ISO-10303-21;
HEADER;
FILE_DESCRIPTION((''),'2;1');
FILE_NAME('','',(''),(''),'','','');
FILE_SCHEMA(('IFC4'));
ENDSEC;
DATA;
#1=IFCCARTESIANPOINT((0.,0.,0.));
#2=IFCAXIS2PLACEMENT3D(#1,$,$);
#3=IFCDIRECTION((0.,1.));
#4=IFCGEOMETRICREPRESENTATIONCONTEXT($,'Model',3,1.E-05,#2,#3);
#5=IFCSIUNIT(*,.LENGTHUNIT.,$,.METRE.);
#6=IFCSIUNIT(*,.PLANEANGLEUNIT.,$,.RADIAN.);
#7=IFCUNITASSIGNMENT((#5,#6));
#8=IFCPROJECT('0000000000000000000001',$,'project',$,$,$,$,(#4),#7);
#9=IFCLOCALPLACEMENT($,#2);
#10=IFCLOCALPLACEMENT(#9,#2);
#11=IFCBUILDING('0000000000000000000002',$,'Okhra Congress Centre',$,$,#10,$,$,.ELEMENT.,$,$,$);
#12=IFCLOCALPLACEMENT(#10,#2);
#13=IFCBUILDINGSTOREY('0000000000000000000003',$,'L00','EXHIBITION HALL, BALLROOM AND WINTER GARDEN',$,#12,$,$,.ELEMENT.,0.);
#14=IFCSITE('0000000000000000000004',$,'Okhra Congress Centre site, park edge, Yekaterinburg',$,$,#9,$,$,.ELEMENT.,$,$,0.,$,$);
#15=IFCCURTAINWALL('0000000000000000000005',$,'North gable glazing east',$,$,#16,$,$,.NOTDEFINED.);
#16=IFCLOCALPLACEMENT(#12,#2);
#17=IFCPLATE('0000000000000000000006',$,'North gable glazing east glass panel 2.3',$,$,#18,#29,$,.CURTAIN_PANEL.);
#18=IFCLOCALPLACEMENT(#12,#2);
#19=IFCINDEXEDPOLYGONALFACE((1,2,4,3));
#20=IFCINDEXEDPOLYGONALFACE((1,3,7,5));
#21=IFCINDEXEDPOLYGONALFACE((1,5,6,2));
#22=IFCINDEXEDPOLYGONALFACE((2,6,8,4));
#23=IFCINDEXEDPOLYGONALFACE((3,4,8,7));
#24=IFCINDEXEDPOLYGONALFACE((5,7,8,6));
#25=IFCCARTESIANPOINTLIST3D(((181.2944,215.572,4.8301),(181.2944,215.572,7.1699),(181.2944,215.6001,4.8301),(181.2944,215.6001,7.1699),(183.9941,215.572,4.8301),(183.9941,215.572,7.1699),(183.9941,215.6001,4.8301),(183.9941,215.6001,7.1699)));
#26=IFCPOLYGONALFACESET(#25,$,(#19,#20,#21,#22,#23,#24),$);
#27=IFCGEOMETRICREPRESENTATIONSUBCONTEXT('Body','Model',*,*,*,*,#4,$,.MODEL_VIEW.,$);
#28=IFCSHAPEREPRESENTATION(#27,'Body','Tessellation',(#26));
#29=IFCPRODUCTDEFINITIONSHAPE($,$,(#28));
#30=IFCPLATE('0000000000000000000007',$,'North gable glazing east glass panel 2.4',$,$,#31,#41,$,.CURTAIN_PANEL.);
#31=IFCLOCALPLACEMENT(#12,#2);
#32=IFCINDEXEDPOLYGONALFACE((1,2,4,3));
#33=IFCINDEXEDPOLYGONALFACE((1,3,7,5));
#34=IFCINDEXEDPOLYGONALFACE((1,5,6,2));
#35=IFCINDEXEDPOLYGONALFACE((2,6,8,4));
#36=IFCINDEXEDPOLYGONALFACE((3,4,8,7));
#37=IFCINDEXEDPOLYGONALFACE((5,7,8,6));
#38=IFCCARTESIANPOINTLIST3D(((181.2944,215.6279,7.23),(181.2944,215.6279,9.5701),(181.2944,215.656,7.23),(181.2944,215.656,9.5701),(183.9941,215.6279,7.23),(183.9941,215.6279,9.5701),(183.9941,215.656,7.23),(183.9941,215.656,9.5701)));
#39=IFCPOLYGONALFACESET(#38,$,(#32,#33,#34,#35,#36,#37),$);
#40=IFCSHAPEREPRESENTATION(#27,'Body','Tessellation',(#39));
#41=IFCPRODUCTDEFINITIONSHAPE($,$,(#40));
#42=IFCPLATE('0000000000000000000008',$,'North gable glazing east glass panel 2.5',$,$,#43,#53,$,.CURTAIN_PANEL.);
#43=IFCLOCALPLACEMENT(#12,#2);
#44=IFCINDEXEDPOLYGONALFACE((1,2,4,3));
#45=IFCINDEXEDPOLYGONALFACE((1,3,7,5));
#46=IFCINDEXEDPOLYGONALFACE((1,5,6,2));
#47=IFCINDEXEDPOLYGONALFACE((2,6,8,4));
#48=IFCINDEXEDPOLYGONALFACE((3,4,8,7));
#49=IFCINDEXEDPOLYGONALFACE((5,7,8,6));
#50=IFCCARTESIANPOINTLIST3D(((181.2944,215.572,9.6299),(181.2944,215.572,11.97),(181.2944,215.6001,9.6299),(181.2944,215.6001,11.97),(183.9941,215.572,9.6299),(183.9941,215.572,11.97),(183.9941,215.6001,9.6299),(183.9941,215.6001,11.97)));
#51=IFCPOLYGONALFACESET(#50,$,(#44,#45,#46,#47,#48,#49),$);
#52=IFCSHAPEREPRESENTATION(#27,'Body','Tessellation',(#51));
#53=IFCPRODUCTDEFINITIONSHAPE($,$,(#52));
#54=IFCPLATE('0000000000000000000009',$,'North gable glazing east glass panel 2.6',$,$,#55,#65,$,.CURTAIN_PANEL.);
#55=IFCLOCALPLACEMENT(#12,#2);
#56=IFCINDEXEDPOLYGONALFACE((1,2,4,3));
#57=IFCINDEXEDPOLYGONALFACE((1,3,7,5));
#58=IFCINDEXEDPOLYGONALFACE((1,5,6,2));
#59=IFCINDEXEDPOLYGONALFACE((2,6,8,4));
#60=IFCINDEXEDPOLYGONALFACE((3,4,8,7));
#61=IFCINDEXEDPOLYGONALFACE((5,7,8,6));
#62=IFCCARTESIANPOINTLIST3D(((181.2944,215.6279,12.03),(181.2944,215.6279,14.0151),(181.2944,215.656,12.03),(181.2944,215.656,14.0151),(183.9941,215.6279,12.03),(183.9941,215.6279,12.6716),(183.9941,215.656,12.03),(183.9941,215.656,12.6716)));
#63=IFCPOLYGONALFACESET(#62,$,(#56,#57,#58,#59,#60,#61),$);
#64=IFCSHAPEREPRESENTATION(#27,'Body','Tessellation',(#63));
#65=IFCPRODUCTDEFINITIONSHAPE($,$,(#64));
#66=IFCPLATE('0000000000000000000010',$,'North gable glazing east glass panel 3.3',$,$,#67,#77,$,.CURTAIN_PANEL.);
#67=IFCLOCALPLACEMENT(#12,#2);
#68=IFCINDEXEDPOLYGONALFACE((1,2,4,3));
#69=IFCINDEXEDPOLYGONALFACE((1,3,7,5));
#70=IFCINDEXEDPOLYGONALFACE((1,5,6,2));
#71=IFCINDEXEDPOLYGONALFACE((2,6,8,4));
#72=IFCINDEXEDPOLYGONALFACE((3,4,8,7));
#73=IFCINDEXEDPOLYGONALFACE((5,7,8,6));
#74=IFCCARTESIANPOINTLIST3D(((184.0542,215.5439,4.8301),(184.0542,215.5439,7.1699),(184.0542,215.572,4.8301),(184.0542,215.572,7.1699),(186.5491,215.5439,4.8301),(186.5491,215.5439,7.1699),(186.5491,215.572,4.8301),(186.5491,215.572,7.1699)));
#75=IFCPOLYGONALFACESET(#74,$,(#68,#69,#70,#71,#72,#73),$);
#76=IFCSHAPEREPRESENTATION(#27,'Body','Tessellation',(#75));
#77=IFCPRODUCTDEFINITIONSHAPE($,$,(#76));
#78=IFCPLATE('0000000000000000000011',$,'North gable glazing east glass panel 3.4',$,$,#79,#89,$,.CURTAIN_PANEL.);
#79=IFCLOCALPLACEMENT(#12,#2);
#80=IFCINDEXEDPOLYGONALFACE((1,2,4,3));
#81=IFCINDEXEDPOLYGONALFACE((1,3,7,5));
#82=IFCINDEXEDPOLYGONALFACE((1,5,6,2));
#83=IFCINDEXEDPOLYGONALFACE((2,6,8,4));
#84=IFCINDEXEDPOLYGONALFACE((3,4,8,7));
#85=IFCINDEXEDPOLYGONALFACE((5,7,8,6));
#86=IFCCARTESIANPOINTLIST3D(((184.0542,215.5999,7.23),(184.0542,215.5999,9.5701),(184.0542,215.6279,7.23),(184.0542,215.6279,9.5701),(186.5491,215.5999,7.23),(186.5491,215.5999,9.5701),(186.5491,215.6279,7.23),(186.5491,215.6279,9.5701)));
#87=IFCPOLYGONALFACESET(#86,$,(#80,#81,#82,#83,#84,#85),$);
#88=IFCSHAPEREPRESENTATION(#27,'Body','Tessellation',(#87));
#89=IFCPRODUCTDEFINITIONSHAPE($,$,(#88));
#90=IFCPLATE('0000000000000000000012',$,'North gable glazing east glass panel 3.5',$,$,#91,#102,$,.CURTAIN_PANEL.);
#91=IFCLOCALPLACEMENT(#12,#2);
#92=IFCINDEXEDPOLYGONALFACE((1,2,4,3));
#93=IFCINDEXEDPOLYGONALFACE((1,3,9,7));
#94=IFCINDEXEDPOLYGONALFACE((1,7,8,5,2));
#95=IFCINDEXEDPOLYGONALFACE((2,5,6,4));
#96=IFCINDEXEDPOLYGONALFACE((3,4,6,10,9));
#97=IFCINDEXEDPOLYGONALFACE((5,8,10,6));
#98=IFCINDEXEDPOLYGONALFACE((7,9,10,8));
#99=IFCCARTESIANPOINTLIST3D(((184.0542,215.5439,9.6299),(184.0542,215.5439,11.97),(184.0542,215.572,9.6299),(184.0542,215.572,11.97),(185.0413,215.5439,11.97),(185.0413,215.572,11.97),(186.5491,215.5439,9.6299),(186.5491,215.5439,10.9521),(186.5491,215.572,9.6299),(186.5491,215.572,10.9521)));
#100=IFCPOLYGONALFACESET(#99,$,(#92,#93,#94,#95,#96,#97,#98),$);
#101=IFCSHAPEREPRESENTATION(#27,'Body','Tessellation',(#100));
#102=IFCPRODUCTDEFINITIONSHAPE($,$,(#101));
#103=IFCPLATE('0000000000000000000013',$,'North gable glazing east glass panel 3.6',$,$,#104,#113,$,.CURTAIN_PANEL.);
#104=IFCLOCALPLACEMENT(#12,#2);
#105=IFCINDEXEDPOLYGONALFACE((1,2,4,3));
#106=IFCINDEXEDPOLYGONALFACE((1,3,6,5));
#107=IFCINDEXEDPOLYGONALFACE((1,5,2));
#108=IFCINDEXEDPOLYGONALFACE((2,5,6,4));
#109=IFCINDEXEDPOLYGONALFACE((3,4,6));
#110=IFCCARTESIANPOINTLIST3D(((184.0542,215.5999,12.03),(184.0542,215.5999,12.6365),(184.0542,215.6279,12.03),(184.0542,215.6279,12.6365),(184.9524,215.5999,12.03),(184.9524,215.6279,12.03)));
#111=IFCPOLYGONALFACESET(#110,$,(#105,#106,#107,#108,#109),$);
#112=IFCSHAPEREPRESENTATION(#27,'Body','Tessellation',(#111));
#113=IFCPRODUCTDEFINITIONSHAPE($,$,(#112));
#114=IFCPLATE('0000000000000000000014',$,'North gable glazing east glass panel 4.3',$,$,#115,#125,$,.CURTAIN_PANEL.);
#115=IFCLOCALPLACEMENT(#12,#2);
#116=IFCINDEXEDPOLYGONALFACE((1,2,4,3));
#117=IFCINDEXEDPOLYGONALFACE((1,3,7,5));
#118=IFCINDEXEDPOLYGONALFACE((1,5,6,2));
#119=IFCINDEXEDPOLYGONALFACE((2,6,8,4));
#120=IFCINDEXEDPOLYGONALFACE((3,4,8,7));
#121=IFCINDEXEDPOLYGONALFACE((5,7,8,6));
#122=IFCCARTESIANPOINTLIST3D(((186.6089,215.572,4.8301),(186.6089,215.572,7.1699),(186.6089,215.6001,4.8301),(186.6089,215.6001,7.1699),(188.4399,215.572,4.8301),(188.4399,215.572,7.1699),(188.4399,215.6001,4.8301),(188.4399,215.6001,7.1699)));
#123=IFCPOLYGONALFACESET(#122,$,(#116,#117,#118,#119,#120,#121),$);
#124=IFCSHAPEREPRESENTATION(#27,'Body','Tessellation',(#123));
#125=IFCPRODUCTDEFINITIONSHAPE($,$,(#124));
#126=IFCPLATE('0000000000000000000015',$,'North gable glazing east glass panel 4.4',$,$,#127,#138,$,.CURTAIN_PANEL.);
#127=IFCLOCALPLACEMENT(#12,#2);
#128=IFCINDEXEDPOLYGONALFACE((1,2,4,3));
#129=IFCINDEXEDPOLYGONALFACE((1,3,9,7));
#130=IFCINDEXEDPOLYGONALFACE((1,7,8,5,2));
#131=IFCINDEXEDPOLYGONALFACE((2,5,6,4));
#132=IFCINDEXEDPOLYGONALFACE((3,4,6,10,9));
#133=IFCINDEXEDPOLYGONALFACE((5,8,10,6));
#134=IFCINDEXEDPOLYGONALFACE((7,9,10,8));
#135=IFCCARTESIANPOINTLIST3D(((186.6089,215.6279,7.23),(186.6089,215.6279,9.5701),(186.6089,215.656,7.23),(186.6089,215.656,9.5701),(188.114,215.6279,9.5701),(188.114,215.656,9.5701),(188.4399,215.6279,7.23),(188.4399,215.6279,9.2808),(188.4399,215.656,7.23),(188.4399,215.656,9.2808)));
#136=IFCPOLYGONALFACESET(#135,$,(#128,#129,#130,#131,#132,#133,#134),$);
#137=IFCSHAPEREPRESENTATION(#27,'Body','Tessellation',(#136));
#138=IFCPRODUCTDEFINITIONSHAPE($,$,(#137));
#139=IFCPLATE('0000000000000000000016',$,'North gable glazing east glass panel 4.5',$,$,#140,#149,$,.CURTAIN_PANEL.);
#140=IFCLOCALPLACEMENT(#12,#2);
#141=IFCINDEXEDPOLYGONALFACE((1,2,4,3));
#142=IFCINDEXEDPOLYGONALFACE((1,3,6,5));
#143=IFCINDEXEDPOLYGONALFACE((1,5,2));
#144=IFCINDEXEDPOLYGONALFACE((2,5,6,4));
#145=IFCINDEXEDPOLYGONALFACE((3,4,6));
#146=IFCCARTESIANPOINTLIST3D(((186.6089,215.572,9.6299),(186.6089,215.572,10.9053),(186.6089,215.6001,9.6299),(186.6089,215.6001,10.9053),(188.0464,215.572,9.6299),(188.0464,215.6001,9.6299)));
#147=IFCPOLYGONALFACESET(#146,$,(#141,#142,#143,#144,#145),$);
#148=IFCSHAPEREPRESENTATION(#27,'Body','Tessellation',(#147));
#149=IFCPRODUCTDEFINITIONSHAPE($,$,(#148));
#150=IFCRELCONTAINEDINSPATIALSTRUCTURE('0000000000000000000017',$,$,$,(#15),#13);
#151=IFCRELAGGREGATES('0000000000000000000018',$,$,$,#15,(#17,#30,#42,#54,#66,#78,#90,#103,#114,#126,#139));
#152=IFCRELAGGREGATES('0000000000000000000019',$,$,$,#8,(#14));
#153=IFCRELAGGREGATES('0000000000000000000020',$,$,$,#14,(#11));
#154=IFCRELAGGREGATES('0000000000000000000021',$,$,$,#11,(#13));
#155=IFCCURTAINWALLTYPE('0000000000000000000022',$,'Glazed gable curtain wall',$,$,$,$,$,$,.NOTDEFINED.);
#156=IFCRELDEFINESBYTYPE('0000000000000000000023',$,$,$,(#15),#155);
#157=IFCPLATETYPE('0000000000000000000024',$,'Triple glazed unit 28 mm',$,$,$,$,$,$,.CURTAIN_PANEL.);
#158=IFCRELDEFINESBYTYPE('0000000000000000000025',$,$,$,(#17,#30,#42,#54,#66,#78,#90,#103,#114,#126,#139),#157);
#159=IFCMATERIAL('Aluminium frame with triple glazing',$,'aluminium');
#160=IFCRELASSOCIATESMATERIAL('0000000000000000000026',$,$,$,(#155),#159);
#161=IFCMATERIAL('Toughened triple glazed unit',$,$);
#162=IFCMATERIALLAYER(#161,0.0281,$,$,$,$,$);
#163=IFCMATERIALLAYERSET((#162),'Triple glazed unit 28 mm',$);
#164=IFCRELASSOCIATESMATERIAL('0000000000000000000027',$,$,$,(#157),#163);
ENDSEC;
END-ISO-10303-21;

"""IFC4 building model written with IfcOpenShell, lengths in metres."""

from ifc_helpers import new_model, si_unit, direction, frame, origin, place, context, subcontext, project, spatial, polyline, outline, extrude, material, layer, layer_set, type_object, element, aggregate, save


model = new_model("IFC4")

# Units and contexts
model_context = context("Model", 3, precision=1e-05, world=origin(), true_north=direction((0.0, 1.0)))
body_context = subcontext(model_context, "Body", "Model", "MODEL_VIEW")
ifc_project = project(units=[si_unit("LENGTHUNIT", "METRE"), si_unit("PLANEANGLEUNIT", "RADIAN")], contexts=[model_context])

# Site, building, storey
site_placement = place(None, origin())
site = spatial("IfcSite", under=ifc_project, at=site_placement, Name="Okhra Congress Centre site, park edge, Yekaterinburg", CompositionType="ELEMENT", RefElevation=0.0)
building_placement = place(site_placement, origin())
building = spatial("IfcBuilding", under=site, at=building_placement, Name="Okhra Congress Centre", CompositionType="ELEMENT")
storey_placement = place(building_placement, origin())
storey = spatial("IfcBuildingStorey", under=building, at=storey_placement, Name="L00", Description="EXHIBITION HALL, BALLROOM AND WINTER GARDEN", CompositionType="ELEMENT", Elevation=0.0)

# Curtain wall
ifc_material_1 = material(Name="Aluminium frame with triple glazing", Category="aluminium")
curtain_wall_type_1 = type_object("IfcCurtainWallType", Name="Glazed gable curtain wall", PredefinedType="NOTDEFINED", material=ifc_material_1)
curtain_wall_1_placement = place(storey_placement, origin())
curtain_wall_1 = element("IfcCurtainWall", 1, at=curtain_wall_1_placement, inside=storey, type_object=curtain_wall_type_1, Name="North gable glazing east", PredefinedType="NOTDEFINED")

# Plates
ifc_material_2 = material(Name="Toughened triple glazed unit")
ifc_layer_1 = layer(ifc_material_2, 0.0281)
ifc_layer_set_1 = layer_set([ifc_layer_1], Name="Triple glazed unit 28 mm")
plate_type_1 = type_object("IfcPlateType", Name="Triple glazed unit 28 mm", PredefinedType="CURTAIN_PANEL", material=ifc_layer_set_1)
plate_1_placement = place(storey_placement, frame((183.9941, 215.6001, 4.8301), z_axis=(0.0, 1.0, 0.0), x_axis=(-1.0, 0.0, 0.0)))
plate_1 = element("IfcPlate", 2, at=plate_1_placement, type_object=plate_type_1, Name="North gable glazing east glass panel 2.3", PredefinedType="CURTAIN_PANEL", context=body_context, shape_type="SweptSolid", body=[
    extrude(outline(polyline([(0.0, 0.0), (2.6997, 0.0), (2.6997, 2.3398), (0.0, 2.3398), (0.0, 0.0)])), origin(), (0.0, 0.0, -1.0), 0.0281),
])
plate_2_placement = place(storey_placement, frame((183.9941, 215.656, 7.23), z_axis=(0.0, 1.0, 0.0), x_axis=(-1.0, 0.0, 0.0)))
plate_2 = element("IfcPlate", 3, at=plate_2_placement, type_object=plate_type_1, Name="North gable glazing east glass panel 2.4", PredefinedType="CURTAIN_PANEL", context=body_context, shape_type="SweptSolid", body=[
    extrude(outline(polyline([(0.0, 0.0), (2.6997, 0.0), (2.6997, 2.3401), (0.0, 2.3401), (0.0, 0.0)])), origin(), (0.0, 0.0, -1.0), 0.0281),
])
plate_3_placement = place(storey_placement, frame((183.9941, 215.6001, 9.6299), z_axis=(0.0, 1.0, 0.0), x_axis=(-1.0, 0.0, 0.0)))
plate_3 = element("IfcPlate", 4, at=plate_3_placement, type_object=plate_type_1, Name="North gable glazing east glass panel 2.5", PredefinedType="CURTAIN_PANEL", context=body_context, shape_type="SweptSolid", body=[
    extrude(outline(polyline([(0.0, 0.0), (2.6997, 0.0), (2.6997, 2.3401), (0.0, 2.3401), (0.0, 0.0)])), origin(), (0.0, 0.0, -1.0), 0.0281),
])
plate_4_placement = place(storey_placement, frame((183.9941, 215.656, 12.03), z_axis=(0.0, 1.0, 0.0), x_axis=(-1.0, 0.0, 0.0)))
plate_4 = element("IfcPlate", 5, at=plate_4_placement, type_object=plate_type_1, Name="North gable glazing east glass panel 2.6", PredefinedType="CURTAIN_PANEL", context=body_context, shape_type="SweptSolid", body=[
    extrude(outline(polyline([(0.0, 0.0), (2.6997, 0.0), (2.6997, 1.9851), (0.0, 0.6416), (0.0, 0.0)])), origin(), (0.0, 0.0, -1.0), 0.0281),
])
plate_5_placement = place(storey_placement, frame((186.5491, 215.572, 4.8301), z_axis=(0.0, 1.0, 0.0), x_axis=(-1.0, 0.0, 0.0)))
plate_5 = element("IfcPlate", 6, at=plate_5_placement, type_object=plate_type_1, Name="North gable glazing east glass panel 3.3", PredefinedType="CURTAIN_PANEL", context=body_context, shape_type="SweptSolid", body=[
    extrude(outline(polyline([(0.0, 0.0), (2.4949, 0.0), (2.4949, 2.3398), (0.0, 2.3398), (0.0, 0.0)])), origin(), (0.0, 0.0, -1.0), 0.0281),
])
plate_6_placement = place(storey_placement, frame((186.5491, 215.6279, 7.23), z_axis=(0.0, 1.0, 0.0), x_axis=(-1.0, 0.0, 0.0)))
plate_6 = element("IfcPlate", 7, at=plate_6_placement, type_object=plate_type_1, Name="North gable glazing east glass panel 3.4", PredefinedType="CURTAIN_PANEL", context=body_context, shape_type="SweptSolid", body=[
    extrude(outline(polyline([(0.0, 0.0), (2.4949, 0.0), (2.4949, 2.3401), (0.0, 2.3401), (0.0, 0.0)])), origin(), (0.0, 0.0, -1.0), 0.0281),
])
plate_7_placement = place(storey_placement, frame((186.5491, 215.572, 9.6299), z_axis=(0.0, 1.0, 0.0), x_axis=(-1.0, 0.0, 0.0)))
plate_7 = element("IfcPlate", 8, at=plate_7_placement, type_object=plate_type_1, Name="North gable glazing east glass panel 3.5", PredefinedType="CURTAIN_PANEL", context=body_context, shape_type="SweptSolid", body=[
    extrude(outline(polyline([(0.0, 0.0), (2.4949, 0.0), (2.4949, 2.3401), (1.5078, 2.3401), (0.0, 1.3223), (0.0, 0.0)])), origin(), (0.0, 0.0, -1.0), 0.0281),
])
plate_8_placement = place(storey_placement, frame((184.0542, 215.6279, 12.6365), z_axis=(0.0, 1.0, 0.0), x_axis=(0.828778, 0.0, -0.559577)))
plate_8 = element("IfcPlate", 9, at=plate_8_placement, type_object=plate_type_1, Name="North gable glazing east glass panel 3.6", PredefinedType="CURTAIN_PANEL", context=body_context, shape_type="SweptSolid", body=[
    extrude(outline(polyline([(0.0, 0.0), (1.0838, 0.0), (0.3394, 0.5026), (0.0, 0.0)])), origin(), (0.0, 0.0, -1.0), 0.0281),
])
plate_9_placement = place(storey_placement, frame((188.4399, 215.6001, 4.8301), z_axis=(0.0, 1.0, 0.0), x_axis=(-1.0, 0.0, 0.0)))
plate_9 = element("IfcPlate", 10, at=plate_9_placement, type_object=plate_type_1, Name="North gable glazing east glass panel 4.3", PredefinedType="CURTAIN_PANEL", context=body_context, shape_type="SweptSolid", body=[
    extrude(outline(polyline([(0.0, 0.0), (1.8311, 0.0), (1.8311, 2.3398), (0.0, 2.3398), (0.0, 0.0)])), origin(), (0.0, 0.0, -1.0), 0.0281),
])
plate_10_placement = place(storey_placement, frame((188.4399, 215.656, 7.23), z_axis=(0.0, 1.0, 0.0), x_axis=(-1.0, 0.0, 0.0)))
plate_10 = element("IfcPlate", 11, at=plate_10_placement, type_object=plate_type_1, Name="North gable glazing east glass panel 4.4", PredefinedType="CURTAIN_PANEL", context=body_context, shape_type="SweptSolid", body=[
    extrude(outline(polyline([(0.0, 0.0), (1.8311, 0.0), (1.8311, 2.3401), (0.3259, 2.3401), (0.0, 2.0508), (0.0, 0.0)])), origin(), (0.0, 0.0, -1.0), 0.0281),
])
plate_11_placement = place(storey_placement, frame((186.6089, 215.6001, 10.9053), z_axis=(0.0, 1.0, 0.0), x_axis=(0.748026, 0.0, -0.66367)))
plate_11 = element("IfcPlate", 12, at=plate_11_placement, type_object=plate_type_1, Name="North gable glazing east glass panel 4.5", PredefinedType="CURTAIN_PANEL", context=body_context, shape_type="SweptSolid", body=[
    extrude(outline(polyline([(0.0, 0.0), (1.9217, 0.0), (0.8464, 0.954), (0.0, 0.0)])), origin(), (0.0, 0.0, -1.0), 0.0281),
])
aggregate(curtain_wall_1, [plate_1, plate_2, plate_3, plate_4, plate_5, plate_6, plate_7, plate_8, plate_9, plate_10, plate_11])

save(model, "model.ifc")
